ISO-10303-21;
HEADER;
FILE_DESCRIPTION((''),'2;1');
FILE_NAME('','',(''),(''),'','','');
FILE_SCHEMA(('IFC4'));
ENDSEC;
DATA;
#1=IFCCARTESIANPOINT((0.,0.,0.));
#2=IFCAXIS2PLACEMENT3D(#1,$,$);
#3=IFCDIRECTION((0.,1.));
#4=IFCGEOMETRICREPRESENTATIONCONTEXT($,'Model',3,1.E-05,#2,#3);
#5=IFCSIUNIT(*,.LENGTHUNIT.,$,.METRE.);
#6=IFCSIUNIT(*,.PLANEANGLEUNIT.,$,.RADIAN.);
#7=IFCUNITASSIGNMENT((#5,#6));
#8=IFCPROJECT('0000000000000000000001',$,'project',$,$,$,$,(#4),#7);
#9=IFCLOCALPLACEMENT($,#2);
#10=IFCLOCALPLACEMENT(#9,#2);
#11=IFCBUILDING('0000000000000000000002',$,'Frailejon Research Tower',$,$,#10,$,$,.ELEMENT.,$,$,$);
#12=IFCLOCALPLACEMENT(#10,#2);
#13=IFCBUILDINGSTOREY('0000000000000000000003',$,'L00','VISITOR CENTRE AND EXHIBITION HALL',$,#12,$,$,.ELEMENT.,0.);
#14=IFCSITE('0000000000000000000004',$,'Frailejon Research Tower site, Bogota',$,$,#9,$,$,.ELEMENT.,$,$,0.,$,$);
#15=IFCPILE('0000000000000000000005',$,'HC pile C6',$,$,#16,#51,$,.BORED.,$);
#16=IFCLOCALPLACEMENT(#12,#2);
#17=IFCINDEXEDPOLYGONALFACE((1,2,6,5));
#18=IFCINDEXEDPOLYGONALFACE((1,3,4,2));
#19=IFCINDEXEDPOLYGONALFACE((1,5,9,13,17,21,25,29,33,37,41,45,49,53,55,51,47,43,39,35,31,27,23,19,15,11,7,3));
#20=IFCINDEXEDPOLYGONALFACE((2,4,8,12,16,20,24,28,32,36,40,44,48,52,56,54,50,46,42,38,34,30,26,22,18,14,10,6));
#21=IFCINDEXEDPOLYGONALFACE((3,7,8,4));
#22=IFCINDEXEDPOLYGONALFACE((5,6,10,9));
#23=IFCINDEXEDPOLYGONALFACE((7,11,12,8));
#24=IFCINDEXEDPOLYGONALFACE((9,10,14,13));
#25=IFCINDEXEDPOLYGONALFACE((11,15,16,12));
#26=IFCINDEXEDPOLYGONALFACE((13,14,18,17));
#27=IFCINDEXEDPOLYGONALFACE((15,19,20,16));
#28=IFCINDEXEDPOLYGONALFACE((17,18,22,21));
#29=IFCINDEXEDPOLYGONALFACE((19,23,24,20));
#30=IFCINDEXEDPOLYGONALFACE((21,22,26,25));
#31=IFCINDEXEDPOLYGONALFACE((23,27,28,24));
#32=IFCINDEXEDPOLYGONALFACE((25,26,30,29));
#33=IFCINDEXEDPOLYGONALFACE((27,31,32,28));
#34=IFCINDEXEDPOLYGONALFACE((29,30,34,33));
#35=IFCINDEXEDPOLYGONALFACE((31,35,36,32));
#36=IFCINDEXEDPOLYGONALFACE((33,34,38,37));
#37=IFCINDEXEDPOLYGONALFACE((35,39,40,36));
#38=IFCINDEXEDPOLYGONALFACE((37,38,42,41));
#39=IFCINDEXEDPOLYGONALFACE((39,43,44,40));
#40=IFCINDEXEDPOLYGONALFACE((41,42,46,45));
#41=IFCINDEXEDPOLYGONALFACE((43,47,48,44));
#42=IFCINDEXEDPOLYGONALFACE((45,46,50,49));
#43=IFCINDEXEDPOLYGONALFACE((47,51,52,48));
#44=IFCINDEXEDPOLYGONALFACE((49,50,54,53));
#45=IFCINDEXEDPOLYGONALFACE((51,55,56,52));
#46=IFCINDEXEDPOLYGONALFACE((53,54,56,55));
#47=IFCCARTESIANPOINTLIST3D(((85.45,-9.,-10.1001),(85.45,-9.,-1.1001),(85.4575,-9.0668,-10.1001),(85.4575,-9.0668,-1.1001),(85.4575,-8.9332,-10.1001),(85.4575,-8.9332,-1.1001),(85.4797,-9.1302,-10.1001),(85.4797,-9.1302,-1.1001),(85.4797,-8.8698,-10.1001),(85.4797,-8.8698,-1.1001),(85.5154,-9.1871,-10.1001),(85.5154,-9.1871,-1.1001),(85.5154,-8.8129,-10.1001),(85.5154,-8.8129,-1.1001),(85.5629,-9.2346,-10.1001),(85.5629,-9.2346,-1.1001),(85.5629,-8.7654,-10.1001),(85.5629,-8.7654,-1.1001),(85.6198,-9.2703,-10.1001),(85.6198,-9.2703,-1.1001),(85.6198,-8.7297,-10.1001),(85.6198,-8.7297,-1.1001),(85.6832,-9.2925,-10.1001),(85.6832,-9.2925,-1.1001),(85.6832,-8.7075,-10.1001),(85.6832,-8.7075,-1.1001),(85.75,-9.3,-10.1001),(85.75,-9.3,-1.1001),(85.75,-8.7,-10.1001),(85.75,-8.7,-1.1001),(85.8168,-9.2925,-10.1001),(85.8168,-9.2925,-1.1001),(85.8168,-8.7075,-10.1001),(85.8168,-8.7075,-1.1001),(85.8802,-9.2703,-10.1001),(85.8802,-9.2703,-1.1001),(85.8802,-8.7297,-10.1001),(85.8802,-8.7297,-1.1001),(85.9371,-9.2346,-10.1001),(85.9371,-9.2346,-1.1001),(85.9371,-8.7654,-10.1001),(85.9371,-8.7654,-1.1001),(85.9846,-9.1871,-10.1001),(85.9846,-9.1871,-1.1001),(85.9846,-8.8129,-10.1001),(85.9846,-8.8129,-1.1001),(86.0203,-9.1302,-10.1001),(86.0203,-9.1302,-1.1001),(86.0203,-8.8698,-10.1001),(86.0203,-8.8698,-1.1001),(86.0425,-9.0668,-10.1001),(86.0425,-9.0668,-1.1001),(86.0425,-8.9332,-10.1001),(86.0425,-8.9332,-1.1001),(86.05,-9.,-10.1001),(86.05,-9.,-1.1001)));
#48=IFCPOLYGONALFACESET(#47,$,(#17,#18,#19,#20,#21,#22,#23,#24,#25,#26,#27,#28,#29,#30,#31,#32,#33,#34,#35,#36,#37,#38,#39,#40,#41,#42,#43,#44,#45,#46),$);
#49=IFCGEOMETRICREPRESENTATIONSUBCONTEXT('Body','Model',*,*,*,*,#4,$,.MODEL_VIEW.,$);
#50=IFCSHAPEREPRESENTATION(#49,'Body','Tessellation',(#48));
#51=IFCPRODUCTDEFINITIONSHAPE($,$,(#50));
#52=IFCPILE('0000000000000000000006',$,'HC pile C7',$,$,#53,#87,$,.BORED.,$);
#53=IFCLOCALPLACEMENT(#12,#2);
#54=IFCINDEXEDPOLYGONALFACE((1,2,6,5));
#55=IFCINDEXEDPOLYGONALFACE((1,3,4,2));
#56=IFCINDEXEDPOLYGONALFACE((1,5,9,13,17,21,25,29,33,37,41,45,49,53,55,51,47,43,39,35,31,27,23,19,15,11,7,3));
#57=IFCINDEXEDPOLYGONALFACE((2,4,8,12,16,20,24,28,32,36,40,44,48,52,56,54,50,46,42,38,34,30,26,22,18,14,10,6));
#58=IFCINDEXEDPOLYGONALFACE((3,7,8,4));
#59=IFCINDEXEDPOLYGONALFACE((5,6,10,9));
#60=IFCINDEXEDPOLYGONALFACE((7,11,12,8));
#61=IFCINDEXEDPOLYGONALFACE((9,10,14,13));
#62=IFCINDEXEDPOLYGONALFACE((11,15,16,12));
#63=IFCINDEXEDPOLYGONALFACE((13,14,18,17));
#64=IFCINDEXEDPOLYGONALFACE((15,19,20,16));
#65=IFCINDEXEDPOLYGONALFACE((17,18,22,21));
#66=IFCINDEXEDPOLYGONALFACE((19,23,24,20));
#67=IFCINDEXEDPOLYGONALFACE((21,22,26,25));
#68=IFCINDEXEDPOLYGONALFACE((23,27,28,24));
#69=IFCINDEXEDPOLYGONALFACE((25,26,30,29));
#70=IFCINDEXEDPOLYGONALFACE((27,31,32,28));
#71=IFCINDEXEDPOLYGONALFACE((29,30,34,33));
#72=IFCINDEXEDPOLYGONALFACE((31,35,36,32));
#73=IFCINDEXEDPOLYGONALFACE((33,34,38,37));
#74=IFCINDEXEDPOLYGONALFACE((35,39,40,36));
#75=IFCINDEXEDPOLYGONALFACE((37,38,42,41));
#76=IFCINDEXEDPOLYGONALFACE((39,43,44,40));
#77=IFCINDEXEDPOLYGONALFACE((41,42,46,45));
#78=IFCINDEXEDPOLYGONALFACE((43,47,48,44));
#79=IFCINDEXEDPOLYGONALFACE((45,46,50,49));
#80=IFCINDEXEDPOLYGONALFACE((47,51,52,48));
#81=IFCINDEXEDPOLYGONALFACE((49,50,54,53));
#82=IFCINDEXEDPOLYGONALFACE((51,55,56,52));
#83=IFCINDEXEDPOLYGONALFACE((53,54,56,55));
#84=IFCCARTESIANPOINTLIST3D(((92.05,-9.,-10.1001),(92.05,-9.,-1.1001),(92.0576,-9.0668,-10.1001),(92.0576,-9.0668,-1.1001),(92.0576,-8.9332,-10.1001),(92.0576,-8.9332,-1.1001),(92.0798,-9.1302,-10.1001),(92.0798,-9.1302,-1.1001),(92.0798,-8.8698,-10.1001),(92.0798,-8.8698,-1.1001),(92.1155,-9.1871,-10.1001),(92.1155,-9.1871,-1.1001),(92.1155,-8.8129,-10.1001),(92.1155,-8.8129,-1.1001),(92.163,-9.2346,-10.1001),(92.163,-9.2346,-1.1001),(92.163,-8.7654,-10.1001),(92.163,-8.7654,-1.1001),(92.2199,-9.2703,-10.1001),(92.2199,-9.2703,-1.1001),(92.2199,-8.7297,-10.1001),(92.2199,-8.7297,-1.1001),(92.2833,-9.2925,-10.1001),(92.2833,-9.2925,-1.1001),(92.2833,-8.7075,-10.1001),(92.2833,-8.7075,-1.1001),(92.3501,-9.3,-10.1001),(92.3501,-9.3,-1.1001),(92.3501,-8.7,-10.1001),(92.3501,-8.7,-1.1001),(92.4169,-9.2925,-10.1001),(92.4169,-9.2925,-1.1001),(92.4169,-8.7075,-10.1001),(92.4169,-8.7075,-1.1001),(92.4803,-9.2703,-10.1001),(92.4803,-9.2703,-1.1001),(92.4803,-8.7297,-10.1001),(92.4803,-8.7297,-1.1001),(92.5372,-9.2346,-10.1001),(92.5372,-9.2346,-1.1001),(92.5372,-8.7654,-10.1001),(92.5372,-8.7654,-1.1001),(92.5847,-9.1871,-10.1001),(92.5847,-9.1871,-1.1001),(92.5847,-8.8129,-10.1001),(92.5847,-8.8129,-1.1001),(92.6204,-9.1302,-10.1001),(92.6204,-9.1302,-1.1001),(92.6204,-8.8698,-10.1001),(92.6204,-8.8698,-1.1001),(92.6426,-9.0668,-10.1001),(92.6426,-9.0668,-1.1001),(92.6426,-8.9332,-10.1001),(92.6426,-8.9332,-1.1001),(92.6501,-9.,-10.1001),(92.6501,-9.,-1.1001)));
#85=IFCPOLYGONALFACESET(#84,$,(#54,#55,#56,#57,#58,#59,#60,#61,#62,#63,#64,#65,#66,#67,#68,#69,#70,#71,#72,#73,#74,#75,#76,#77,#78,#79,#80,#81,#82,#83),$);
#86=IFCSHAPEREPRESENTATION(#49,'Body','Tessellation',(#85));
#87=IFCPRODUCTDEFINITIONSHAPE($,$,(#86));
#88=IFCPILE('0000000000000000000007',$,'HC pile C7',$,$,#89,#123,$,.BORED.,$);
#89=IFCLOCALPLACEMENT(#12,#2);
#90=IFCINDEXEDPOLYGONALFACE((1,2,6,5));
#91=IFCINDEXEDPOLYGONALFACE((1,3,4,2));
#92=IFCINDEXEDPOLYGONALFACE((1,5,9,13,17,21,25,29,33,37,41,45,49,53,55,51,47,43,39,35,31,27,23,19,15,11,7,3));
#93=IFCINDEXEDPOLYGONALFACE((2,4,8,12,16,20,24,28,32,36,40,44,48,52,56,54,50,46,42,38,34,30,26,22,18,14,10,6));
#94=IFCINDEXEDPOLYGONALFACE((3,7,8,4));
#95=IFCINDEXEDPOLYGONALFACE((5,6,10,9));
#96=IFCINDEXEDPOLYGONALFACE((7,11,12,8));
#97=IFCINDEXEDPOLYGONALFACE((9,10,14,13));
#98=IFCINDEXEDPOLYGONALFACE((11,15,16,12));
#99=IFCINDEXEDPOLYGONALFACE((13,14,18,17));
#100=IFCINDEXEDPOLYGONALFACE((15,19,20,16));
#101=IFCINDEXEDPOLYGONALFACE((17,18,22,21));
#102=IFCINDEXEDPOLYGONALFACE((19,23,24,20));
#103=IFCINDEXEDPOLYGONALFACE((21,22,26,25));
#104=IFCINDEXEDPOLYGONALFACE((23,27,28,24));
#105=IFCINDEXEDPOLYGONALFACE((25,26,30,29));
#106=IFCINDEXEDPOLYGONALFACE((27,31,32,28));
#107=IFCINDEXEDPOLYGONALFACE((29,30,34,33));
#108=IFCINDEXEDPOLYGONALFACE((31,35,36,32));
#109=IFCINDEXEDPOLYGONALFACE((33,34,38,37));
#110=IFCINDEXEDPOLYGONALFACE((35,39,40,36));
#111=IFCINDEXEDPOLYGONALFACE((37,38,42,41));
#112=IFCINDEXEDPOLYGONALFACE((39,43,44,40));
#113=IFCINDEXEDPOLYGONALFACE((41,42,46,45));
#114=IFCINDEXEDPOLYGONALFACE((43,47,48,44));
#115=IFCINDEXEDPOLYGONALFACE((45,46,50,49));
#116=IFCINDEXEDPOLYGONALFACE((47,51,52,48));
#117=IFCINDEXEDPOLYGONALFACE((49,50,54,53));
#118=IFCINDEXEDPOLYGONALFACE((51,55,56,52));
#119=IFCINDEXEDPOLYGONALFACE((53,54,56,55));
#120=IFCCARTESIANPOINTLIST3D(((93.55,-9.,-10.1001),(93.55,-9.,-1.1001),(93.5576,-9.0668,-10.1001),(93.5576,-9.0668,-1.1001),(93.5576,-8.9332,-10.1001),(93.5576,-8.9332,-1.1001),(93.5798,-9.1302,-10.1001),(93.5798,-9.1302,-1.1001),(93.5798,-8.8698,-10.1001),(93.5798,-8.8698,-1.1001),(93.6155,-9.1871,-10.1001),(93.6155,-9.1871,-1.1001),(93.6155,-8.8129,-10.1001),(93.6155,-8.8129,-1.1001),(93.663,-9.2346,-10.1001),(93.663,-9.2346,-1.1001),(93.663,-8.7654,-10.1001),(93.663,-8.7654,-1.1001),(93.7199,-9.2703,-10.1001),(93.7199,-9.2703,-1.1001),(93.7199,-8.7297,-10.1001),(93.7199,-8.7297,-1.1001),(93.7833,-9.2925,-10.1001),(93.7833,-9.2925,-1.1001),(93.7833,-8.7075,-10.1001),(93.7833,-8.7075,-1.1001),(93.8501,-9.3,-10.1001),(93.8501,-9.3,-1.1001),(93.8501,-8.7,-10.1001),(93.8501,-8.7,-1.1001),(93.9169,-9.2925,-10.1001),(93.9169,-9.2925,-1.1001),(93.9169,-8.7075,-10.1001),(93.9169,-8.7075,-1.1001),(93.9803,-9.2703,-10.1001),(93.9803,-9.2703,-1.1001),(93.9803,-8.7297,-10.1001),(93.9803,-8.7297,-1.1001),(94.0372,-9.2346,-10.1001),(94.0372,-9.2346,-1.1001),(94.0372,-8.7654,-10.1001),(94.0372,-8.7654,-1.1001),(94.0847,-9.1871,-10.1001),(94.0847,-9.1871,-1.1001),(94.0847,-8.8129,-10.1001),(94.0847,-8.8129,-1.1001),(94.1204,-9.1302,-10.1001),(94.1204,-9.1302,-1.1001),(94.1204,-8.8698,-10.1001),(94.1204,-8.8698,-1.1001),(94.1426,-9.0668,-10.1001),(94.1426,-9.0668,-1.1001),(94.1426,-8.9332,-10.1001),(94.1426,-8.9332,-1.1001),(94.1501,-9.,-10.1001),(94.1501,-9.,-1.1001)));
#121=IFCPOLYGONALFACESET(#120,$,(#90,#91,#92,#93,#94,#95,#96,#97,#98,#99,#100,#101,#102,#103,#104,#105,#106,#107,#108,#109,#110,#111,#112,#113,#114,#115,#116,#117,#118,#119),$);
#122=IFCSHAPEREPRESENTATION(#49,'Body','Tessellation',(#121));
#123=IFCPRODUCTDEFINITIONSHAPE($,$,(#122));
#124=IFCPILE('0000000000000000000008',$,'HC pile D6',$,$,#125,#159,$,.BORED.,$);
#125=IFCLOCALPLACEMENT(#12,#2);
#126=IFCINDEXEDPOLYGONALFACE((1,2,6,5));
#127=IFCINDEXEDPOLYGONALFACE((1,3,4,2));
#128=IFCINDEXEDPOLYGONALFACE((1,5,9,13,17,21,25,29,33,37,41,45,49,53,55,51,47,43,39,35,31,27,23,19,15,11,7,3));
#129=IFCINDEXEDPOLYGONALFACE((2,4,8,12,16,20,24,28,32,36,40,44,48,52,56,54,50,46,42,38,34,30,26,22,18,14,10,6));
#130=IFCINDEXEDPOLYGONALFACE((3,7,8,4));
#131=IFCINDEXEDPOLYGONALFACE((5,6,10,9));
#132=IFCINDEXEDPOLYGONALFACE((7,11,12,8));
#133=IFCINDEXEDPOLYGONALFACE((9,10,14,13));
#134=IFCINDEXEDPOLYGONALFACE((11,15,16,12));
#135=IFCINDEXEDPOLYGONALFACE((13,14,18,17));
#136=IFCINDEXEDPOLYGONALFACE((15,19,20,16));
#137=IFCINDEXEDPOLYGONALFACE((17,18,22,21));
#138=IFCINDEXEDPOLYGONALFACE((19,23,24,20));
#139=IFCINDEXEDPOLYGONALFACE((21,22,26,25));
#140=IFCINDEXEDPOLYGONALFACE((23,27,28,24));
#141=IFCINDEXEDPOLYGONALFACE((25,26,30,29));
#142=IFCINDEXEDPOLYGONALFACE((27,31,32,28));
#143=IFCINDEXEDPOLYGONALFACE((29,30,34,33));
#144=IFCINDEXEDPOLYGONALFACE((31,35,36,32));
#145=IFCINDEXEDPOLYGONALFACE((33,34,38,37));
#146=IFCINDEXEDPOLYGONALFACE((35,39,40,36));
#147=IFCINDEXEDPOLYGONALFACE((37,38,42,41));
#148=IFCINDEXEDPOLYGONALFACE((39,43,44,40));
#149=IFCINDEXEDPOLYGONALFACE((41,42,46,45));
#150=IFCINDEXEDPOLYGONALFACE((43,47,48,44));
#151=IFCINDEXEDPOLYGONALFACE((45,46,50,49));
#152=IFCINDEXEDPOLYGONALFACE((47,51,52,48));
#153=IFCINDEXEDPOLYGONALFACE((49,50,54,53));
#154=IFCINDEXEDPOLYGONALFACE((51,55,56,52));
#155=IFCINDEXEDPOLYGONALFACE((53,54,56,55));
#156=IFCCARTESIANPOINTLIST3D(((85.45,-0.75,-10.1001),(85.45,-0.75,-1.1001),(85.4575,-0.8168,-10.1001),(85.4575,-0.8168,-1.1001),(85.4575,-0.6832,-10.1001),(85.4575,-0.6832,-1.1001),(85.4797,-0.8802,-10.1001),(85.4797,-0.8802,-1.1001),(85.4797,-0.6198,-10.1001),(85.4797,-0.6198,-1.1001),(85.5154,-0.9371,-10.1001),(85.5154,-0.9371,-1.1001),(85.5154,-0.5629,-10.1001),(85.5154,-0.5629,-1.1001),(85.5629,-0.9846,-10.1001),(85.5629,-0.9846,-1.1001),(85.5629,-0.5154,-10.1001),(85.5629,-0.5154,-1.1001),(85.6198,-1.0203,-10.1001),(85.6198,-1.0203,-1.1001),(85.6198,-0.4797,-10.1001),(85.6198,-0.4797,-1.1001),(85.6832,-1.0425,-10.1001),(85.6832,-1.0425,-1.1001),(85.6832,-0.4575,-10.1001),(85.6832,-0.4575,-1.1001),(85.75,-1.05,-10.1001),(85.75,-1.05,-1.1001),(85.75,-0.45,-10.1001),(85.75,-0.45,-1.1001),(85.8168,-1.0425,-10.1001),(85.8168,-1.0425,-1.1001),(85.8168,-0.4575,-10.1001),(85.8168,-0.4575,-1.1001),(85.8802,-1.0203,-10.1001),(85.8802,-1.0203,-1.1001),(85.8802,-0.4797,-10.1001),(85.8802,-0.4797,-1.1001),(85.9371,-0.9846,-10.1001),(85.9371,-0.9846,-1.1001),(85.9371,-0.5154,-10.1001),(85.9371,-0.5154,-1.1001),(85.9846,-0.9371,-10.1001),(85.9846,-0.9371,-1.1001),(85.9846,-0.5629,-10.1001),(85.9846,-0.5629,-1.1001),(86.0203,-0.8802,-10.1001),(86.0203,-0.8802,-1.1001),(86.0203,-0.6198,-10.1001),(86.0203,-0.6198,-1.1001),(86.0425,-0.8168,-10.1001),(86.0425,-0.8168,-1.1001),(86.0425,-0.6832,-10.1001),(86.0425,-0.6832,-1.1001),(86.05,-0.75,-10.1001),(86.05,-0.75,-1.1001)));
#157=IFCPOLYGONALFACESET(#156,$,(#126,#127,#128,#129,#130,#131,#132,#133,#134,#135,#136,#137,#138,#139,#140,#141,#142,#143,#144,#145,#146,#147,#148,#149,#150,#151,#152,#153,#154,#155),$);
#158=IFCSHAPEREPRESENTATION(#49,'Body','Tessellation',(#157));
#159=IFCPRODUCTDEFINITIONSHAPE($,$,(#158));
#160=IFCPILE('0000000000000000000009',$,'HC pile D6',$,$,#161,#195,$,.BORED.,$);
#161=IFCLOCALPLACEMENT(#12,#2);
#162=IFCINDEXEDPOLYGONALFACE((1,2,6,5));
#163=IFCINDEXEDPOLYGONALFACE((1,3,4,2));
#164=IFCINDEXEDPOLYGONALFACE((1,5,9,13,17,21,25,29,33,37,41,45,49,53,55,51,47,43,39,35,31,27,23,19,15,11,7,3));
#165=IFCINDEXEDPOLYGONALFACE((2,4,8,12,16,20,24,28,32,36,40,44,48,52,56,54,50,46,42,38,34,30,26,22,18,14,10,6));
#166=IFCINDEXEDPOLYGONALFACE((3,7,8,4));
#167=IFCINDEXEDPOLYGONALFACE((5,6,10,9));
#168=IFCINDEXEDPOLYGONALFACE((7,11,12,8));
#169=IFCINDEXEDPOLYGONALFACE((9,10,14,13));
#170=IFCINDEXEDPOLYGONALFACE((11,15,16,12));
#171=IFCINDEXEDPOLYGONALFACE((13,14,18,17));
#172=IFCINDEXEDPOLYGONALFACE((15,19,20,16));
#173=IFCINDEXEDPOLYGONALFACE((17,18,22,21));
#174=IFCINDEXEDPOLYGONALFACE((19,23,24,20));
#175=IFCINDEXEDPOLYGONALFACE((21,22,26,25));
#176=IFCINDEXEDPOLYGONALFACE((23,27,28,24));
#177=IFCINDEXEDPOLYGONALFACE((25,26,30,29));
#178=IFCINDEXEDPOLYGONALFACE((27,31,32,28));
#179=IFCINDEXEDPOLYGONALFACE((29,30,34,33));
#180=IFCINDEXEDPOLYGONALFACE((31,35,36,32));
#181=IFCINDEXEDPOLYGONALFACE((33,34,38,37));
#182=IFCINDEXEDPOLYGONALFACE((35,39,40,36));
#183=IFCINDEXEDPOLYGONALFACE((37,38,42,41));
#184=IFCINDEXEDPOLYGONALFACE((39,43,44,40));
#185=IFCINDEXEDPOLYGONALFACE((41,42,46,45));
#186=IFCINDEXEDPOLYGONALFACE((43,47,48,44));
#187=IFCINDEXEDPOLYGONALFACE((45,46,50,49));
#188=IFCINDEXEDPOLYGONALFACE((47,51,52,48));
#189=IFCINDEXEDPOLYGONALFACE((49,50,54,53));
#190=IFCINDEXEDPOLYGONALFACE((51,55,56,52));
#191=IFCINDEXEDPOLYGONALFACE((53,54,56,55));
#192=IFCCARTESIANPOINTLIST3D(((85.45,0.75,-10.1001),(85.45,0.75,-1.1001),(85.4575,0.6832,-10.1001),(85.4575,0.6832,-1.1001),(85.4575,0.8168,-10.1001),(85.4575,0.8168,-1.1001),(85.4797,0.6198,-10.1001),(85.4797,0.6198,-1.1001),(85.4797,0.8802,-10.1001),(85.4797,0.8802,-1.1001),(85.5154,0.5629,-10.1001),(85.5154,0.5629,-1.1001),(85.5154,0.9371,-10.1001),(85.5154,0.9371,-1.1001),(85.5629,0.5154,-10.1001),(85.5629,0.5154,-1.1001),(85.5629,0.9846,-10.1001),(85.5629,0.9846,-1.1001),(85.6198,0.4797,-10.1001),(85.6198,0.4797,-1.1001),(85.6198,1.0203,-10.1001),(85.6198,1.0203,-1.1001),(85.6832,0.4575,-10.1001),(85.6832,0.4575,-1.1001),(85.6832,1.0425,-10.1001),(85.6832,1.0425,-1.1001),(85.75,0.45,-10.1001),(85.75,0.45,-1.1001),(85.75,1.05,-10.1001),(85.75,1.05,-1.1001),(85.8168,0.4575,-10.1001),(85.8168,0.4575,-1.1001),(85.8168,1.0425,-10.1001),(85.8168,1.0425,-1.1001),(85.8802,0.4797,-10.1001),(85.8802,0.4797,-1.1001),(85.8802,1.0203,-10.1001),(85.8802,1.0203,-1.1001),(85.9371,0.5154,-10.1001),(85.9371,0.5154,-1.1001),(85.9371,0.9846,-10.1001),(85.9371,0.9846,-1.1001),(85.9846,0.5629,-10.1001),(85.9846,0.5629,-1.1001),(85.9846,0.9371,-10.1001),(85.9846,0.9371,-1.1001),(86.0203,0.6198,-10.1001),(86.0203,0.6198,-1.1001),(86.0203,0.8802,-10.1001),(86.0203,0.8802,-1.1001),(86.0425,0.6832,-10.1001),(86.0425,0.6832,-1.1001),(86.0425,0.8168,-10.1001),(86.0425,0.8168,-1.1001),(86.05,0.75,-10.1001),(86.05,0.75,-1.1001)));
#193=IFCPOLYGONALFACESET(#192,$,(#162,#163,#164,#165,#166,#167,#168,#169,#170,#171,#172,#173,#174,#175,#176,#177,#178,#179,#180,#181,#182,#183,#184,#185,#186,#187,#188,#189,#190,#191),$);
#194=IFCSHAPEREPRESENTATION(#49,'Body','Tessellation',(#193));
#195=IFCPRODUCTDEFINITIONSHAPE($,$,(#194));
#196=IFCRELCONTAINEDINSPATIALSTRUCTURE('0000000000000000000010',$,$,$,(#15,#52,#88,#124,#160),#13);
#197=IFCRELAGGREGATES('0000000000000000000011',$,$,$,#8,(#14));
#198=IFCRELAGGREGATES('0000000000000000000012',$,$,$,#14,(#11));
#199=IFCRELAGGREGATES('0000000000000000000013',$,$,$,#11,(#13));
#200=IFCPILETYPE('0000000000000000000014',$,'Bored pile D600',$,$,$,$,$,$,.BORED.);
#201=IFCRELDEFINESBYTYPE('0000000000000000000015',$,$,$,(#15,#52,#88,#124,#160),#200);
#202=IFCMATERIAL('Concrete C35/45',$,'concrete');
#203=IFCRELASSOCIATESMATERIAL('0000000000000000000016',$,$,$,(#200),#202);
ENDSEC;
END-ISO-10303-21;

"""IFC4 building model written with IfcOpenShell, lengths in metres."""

from ifc_helpers import new_model, si_unit, direction, frame, origin, origin_2d, place, context, subcontext, project, spatial, circle, extrude, material, material_profile, profile_set, type_object, element, save


model = new_model("IFC4")

# Units and contexts
model_context = context("Model", 3, precision=1e-05, world=origin(), true_north=direction((0.0, 1.0)))
body_context = subcontext(model_context, "Body", "Model", "MODEL_VIEW")
ifc_project = project(units=[si_unit("LENGTHUNIT", "METRE"), si_unit("PLANEANGLEUNIT", "RADIAN")], contexts=[model_context])

# Site, building, storey
site_placement = place(None, origin())
site = spatial("IfcSite", under=ifc_project, at=site_placement, Name="Frailejon Research Tower site, Bogota", CompositionType="ELEMENT", RefElevation=0.0)
building_placement = place(site_placement, origin())
building = spatial("IfcBuilding", under=site, at=building_placement, Name="Frailejon Research Tower", CompositionType="ELEMENT")
storey_placement = place(building_placement, origin())
storey = spatial("IfcBuildingStorey", under=building, at=storey_placement, Name="L00", Description="VISITOR CENTRE AND EXHIBITION HALL", CompositionType="ELEMENT", Elevation=0.0)

# Piles
ifc_material_1 = material(Name="Concrete C35/45", Category="concrete")
ifc_material_profile_1 = material_profile(ifc_material_1, circle(Radius=0.3, at=origin_2d()), Name="Bored pile D600")
ifc_profile_set_1 = profile_set([ifc_material_profile_1], Name="Concrete C35/45")
pile_type = type_object("IfcPileType", Name="Bored pile D600", PredefinedType="BORED", material=ifc_profile_set_1)
for number, where, z_axis, x_axis, name in (
    (1, (85.75, -9.0, -1.1001), (0.0, 0.0, -1.0), (1.0, 0.0, 0.0), "HC pile C6"),
    (2, (92.3501, -9.0, -1.1001), (0.0, 0.0, -1.0), (1.0, 0.0, 0.0), "HC pile C7"),
    (3, (93.8501, -9.0, -1.1001), (0.0, 0.0, -1.0), (1.0, 0.0, 0.0), "HC pile C7"),
    (4, (85.75, -0.75, -1.1001), (0.0, 0.0, -1.0), (1.0, 0.0, 0.0), "HC pile D6"),
    (5, (85.75, 0.75, -1.1001), (0.0, 0.0, -1.0), (1.0, 0.0, 0.0), "HC pile D6"),
):
    element("IfcPile", number, at=place(storey_placement, frame(where, z_axis=z_axis, x_axis=x_axis)), inside=storey, type_object=pile_type, Name=name, PredefinedType="BORED", context=body_context, shape_type="SweptSolid", body=[
        extrude(circle(Radius=0.3, at=origin_2d()), origin(), (0.0, 0.0, 1.0), 9.0),
    ])

save(model, "model.ifc")
